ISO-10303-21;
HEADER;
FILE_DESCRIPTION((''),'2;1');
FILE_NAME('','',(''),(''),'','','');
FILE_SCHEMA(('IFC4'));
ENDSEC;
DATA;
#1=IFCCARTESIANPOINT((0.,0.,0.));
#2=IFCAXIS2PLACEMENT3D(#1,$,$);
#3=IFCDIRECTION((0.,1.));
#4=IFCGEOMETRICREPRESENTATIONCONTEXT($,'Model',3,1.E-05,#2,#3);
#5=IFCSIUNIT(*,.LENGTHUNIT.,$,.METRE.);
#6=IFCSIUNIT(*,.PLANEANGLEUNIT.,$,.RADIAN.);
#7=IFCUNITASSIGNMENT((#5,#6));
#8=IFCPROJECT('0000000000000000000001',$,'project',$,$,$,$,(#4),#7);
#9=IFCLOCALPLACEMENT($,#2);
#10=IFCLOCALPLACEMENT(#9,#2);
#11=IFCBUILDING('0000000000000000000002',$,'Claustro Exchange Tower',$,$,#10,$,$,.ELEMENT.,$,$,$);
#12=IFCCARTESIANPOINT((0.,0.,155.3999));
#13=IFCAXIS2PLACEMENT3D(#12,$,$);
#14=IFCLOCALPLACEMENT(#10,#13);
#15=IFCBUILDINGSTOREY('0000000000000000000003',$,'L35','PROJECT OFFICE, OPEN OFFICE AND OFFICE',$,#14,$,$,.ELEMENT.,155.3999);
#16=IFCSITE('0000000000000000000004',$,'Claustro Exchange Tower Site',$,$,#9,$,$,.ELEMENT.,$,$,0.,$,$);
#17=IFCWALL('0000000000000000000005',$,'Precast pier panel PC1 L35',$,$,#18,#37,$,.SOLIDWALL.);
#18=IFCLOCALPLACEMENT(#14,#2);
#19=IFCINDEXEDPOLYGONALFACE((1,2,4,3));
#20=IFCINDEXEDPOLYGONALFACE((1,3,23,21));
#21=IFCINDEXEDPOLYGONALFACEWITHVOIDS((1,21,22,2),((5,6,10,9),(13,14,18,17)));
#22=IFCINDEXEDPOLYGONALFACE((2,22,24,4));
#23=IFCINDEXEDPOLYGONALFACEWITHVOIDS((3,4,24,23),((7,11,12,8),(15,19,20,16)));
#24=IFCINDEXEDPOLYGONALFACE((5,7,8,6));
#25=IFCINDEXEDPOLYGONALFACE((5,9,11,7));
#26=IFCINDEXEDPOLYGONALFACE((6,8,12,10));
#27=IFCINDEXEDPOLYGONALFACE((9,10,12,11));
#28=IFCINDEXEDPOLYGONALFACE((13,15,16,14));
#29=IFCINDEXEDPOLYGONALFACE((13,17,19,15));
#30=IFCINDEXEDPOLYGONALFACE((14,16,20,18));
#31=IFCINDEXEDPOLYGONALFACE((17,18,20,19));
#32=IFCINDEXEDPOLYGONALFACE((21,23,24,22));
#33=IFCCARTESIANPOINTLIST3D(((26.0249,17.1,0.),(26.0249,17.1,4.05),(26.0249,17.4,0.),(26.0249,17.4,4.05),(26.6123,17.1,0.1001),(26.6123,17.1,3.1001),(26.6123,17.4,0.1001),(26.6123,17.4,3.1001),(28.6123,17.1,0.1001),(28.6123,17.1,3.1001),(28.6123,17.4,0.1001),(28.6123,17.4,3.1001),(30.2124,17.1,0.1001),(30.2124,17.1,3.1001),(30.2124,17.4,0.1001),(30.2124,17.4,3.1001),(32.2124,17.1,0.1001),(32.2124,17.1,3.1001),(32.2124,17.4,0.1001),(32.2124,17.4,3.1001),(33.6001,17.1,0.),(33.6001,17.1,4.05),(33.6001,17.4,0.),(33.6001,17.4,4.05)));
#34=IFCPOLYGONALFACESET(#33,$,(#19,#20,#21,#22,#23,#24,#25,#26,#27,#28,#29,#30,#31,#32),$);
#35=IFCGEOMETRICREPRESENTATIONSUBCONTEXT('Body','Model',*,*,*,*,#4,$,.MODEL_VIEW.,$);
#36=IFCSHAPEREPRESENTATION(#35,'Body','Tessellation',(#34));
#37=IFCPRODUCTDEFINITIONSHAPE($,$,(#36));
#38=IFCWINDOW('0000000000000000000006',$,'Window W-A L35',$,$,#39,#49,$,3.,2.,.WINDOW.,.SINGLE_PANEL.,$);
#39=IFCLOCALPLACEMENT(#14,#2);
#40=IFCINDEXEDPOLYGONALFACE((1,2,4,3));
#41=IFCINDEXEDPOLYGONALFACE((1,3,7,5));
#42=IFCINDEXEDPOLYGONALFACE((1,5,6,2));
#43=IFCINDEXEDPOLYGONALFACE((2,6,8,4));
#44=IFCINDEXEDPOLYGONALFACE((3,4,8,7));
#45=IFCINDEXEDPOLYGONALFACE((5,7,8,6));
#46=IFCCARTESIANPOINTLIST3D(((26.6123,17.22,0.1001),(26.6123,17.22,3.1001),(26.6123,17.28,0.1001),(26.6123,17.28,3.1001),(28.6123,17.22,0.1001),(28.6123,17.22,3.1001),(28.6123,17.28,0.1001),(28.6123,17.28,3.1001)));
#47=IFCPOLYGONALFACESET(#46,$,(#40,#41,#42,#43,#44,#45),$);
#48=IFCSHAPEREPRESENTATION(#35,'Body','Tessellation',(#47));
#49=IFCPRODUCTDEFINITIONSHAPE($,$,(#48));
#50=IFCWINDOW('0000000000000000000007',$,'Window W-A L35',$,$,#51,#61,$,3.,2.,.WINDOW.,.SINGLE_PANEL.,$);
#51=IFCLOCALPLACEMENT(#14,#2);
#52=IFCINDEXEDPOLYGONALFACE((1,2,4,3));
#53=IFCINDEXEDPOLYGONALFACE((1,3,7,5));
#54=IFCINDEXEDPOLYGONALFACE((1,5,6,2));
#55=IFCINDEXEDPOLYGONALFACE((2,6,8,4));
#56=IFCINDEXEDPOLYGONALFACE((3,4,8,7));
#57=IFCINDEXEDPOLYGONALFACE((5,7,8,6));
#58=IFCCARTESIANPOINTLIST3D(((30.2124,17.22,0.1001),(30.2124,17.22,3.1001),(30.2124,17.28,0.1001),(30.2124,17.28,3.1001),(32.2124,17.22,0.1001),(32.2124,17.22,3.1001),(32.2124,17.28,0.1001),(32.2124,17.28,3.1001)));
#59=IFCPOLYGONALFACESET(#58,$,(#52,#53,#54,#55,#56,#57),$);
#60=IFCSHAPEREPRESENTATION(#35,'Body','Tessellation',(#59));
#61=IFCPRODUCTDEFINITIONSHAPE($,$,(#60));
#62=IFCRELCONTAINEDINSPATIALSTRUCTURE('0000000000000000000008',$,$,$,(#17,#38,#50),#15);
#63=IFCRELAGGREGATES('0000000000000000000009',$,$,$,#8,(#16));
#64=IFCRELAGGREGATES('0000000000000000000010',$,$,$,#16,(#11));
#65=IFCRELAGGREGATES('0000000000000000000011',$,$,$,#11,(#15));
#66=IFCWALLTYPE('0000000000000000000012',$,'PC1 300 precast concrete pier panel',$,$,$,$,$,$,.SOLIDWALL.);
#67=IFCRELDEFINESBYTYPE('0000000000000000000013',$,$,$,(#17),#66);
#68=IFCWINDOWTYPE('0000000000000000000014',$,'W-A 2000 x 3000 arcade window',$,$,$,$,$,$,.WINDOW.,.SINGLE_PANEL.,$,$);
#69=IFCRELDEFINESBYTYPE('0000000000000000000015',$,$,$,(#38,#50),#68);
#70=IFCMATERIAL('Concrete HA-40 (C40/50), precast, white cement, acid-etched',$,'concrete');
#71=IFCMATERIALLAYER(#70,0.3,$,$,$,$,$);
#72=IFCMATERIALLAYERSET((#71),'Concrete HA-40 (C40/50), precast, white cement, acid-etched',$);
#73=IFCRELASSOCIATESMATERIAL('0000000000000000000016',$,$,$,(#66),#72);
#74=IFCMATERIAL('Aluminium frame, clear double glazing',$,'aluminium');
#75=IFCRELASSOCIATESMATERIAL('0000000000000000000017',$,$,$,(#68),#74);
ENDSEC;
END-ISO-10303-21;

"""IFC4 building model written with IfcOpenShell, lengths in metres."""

from ifc_helpers import new_model, si_unit, direction, frame, frame_2d, origin, place, context, subcontext, project, spatial, rectangle, extrude, material, layer, layer_set, type_object, element, fill, save


model = new_model("IFC4")

# Units and contexts
model_context = context("Model", 3, precision=1e-05, world=origin(), true_north=direction((0.0, 1.0)))
body_context = subcontext(model_context, "Body", "Model", "MODEL_VIEW")
ifc_project = project(units=[si_unit("LENGTHUNIT", "METRE"), si_unit("PLANEANGLEUNIT", "RADIAN")], contexts=[model_context])

# Site, building, storey
site_placement = place(None, origin())
site = spatial("IfcSite", under=ifc_project, at=site_placement, Name="Claustro Exchange Tower Site", CompositionType="ELEMENT", RefElevation=0.0)
building_placement = place(site_placement, origin())
building = spatial("IfcBuilding", under=site, at=building_placement, Name="Claustro Exchange Tower", CompositionType="ELEMENT")
storey_placement = place(building_placement, frame((0.0, 0.0, 155.3999)))
storey = spatial("IfcBuildingStorey", under=building, at=storey_placement, Name="L35", Description="PROJECT OFFICE, OPEN OFFICE AND OFFICE", CompositionType="ELEMENT", Elevation=155.3999)

# Shared definitions
ifc_material_1 = material(Name="Concrete HA-40 (C40/50), precast, white cement, acid-etched", Category="concrete")
ifc_layer_1 = layer(ifc_material_1, 0.3)
ifc_layer_set_1 = layer_set([ifc_layer_1], Name="Concrete HA-40 (C40/50), precast, white cement, acid-etched")
wall_type_1 = type_object("IfcWallType", Name="PC1 300 precast concrete pier panel", PredefinedType="SOLIDWALL", material=ifc_layer_set_1)
ifc_material_2 = material(Name="Aluminium frame, clear double glazing", Category="aluminium")
window_type = type_object("IfcWindowType", Name="W-A 2000 x 3000 arcade window", PartitioningType="SINGLE_PANEL", PredefinedType="WINDOW", material=ifc_material_2)

# Wall, openings, windows
wall_1_placement = place(storey_placement, frame((26.0249, 17.25, 0.0), z_axis=(0.0, 0.0, 1.0), x_axis=(1.0, 0.0, 0.0)))
wall_1 = element("IfcWall", 1, at=wall_1_placement, inside=storey, type_object=wall_type_1, Name="Precast pier panel PC1 L35", PredefinedType="SOLIDWALL", context=body_context, shape_type="SweptSolid", body=[
    extrude(rectangle(XDim=7.5752, YDim=0.3, at=frame_2d((3.7876, 0.0))), origin(), (0.0, 0.0, 1.0), 4.05),
])
opening_1_placement = place(wall_1_placement, frame((0.5874, 0.0, 0.1001)))
opening_1 = element("IfcOpeningElement", 2, at=opening_1_placement, cuts=wall_1, PredefinedType="OPENING", context=body_context, shape_type="SweptSolid", body=[
    extrude(rectangle(XDim=2.0, YDim=3.0, at=frame_2d((1.0, 1.5))), frame((0.0, 0.1599, 0.0), z_axis=(0.0, -1.0, 0.0), x_axis=(1.0, 0.0, 0.0)), (0.0, 0.0, 1.0), 0.3201),
])
opening_2_placement = place(wall_1_placement, frame((4.1875, 0.0, 0.1001)))
opening_2 = element("IfcOpeningElement", 3, at=opening_2_placement, cuts=wall_1, PredefinedType="OPENING", context=body_context, shape_type="SweptSolid", body=[
    extrude(rectangle(XDim=2.0, YDim=3.0, at=frame_2d((1.0, 1.5))), frame((0.0, 0.1599, 0.0), z_axis=(0.0, -1.0, 0.0), x_axis=(1.0, 0.0, 0.0)), (0.0, 0.0, 1.0), 0.3201),
])
window_1_placement = place(opening_1_placement, origin())
window_1 = element("IfcWindow", 4, at=window_1_placement, inside=storey, type_object=window_type, Name="Window W-A L35", OverallHeight=3.0, OverallWidth=2.0, PartitioningType="SINGLE_PANEL", PredefinedType="WINDOW", context=body_context, shape_type="SweptSolid", body=[
    extrude(rectangle(XDim=2.0, YDim=3.0, at=frame_2d((1.0, 1.5))), frame((0.0, 0.03, 0.0), z_axis=(0.0, -1.0, 0.0), x_axis=(1.0, 0.0, 0.0)), (0.0, 0.0, 1.0), 0.0601),
])
fill(opening_1, window_1)
window_2_placement = place(opening_2_placement, origin())
window_2 = element("IfcWindow", 5, at=window_2_placement, inside=storey, type_object=window_type, Name="Window W-A L35", OverallHeight=3.0, OverallWidth=2.0, PartitioningType="SINGLE_PANEL", PredefinedType="WINDOW", context=body_context, shape_type="SweptSolid", body=[
    extrude(rectangle(XDim=2.0, YDim=3.0, at=frame_2d((1.0, 1.5))), frame((0.0, 0.03, 0.0), z_axis=(0.0, -1.0, 0.0), x_axis=(1.0, 0.0, 0.0)), (0.0, 0.0, 1.0), 0.0601),
])
fill(opening_2, window_2)

save(model, "model.ifc")
